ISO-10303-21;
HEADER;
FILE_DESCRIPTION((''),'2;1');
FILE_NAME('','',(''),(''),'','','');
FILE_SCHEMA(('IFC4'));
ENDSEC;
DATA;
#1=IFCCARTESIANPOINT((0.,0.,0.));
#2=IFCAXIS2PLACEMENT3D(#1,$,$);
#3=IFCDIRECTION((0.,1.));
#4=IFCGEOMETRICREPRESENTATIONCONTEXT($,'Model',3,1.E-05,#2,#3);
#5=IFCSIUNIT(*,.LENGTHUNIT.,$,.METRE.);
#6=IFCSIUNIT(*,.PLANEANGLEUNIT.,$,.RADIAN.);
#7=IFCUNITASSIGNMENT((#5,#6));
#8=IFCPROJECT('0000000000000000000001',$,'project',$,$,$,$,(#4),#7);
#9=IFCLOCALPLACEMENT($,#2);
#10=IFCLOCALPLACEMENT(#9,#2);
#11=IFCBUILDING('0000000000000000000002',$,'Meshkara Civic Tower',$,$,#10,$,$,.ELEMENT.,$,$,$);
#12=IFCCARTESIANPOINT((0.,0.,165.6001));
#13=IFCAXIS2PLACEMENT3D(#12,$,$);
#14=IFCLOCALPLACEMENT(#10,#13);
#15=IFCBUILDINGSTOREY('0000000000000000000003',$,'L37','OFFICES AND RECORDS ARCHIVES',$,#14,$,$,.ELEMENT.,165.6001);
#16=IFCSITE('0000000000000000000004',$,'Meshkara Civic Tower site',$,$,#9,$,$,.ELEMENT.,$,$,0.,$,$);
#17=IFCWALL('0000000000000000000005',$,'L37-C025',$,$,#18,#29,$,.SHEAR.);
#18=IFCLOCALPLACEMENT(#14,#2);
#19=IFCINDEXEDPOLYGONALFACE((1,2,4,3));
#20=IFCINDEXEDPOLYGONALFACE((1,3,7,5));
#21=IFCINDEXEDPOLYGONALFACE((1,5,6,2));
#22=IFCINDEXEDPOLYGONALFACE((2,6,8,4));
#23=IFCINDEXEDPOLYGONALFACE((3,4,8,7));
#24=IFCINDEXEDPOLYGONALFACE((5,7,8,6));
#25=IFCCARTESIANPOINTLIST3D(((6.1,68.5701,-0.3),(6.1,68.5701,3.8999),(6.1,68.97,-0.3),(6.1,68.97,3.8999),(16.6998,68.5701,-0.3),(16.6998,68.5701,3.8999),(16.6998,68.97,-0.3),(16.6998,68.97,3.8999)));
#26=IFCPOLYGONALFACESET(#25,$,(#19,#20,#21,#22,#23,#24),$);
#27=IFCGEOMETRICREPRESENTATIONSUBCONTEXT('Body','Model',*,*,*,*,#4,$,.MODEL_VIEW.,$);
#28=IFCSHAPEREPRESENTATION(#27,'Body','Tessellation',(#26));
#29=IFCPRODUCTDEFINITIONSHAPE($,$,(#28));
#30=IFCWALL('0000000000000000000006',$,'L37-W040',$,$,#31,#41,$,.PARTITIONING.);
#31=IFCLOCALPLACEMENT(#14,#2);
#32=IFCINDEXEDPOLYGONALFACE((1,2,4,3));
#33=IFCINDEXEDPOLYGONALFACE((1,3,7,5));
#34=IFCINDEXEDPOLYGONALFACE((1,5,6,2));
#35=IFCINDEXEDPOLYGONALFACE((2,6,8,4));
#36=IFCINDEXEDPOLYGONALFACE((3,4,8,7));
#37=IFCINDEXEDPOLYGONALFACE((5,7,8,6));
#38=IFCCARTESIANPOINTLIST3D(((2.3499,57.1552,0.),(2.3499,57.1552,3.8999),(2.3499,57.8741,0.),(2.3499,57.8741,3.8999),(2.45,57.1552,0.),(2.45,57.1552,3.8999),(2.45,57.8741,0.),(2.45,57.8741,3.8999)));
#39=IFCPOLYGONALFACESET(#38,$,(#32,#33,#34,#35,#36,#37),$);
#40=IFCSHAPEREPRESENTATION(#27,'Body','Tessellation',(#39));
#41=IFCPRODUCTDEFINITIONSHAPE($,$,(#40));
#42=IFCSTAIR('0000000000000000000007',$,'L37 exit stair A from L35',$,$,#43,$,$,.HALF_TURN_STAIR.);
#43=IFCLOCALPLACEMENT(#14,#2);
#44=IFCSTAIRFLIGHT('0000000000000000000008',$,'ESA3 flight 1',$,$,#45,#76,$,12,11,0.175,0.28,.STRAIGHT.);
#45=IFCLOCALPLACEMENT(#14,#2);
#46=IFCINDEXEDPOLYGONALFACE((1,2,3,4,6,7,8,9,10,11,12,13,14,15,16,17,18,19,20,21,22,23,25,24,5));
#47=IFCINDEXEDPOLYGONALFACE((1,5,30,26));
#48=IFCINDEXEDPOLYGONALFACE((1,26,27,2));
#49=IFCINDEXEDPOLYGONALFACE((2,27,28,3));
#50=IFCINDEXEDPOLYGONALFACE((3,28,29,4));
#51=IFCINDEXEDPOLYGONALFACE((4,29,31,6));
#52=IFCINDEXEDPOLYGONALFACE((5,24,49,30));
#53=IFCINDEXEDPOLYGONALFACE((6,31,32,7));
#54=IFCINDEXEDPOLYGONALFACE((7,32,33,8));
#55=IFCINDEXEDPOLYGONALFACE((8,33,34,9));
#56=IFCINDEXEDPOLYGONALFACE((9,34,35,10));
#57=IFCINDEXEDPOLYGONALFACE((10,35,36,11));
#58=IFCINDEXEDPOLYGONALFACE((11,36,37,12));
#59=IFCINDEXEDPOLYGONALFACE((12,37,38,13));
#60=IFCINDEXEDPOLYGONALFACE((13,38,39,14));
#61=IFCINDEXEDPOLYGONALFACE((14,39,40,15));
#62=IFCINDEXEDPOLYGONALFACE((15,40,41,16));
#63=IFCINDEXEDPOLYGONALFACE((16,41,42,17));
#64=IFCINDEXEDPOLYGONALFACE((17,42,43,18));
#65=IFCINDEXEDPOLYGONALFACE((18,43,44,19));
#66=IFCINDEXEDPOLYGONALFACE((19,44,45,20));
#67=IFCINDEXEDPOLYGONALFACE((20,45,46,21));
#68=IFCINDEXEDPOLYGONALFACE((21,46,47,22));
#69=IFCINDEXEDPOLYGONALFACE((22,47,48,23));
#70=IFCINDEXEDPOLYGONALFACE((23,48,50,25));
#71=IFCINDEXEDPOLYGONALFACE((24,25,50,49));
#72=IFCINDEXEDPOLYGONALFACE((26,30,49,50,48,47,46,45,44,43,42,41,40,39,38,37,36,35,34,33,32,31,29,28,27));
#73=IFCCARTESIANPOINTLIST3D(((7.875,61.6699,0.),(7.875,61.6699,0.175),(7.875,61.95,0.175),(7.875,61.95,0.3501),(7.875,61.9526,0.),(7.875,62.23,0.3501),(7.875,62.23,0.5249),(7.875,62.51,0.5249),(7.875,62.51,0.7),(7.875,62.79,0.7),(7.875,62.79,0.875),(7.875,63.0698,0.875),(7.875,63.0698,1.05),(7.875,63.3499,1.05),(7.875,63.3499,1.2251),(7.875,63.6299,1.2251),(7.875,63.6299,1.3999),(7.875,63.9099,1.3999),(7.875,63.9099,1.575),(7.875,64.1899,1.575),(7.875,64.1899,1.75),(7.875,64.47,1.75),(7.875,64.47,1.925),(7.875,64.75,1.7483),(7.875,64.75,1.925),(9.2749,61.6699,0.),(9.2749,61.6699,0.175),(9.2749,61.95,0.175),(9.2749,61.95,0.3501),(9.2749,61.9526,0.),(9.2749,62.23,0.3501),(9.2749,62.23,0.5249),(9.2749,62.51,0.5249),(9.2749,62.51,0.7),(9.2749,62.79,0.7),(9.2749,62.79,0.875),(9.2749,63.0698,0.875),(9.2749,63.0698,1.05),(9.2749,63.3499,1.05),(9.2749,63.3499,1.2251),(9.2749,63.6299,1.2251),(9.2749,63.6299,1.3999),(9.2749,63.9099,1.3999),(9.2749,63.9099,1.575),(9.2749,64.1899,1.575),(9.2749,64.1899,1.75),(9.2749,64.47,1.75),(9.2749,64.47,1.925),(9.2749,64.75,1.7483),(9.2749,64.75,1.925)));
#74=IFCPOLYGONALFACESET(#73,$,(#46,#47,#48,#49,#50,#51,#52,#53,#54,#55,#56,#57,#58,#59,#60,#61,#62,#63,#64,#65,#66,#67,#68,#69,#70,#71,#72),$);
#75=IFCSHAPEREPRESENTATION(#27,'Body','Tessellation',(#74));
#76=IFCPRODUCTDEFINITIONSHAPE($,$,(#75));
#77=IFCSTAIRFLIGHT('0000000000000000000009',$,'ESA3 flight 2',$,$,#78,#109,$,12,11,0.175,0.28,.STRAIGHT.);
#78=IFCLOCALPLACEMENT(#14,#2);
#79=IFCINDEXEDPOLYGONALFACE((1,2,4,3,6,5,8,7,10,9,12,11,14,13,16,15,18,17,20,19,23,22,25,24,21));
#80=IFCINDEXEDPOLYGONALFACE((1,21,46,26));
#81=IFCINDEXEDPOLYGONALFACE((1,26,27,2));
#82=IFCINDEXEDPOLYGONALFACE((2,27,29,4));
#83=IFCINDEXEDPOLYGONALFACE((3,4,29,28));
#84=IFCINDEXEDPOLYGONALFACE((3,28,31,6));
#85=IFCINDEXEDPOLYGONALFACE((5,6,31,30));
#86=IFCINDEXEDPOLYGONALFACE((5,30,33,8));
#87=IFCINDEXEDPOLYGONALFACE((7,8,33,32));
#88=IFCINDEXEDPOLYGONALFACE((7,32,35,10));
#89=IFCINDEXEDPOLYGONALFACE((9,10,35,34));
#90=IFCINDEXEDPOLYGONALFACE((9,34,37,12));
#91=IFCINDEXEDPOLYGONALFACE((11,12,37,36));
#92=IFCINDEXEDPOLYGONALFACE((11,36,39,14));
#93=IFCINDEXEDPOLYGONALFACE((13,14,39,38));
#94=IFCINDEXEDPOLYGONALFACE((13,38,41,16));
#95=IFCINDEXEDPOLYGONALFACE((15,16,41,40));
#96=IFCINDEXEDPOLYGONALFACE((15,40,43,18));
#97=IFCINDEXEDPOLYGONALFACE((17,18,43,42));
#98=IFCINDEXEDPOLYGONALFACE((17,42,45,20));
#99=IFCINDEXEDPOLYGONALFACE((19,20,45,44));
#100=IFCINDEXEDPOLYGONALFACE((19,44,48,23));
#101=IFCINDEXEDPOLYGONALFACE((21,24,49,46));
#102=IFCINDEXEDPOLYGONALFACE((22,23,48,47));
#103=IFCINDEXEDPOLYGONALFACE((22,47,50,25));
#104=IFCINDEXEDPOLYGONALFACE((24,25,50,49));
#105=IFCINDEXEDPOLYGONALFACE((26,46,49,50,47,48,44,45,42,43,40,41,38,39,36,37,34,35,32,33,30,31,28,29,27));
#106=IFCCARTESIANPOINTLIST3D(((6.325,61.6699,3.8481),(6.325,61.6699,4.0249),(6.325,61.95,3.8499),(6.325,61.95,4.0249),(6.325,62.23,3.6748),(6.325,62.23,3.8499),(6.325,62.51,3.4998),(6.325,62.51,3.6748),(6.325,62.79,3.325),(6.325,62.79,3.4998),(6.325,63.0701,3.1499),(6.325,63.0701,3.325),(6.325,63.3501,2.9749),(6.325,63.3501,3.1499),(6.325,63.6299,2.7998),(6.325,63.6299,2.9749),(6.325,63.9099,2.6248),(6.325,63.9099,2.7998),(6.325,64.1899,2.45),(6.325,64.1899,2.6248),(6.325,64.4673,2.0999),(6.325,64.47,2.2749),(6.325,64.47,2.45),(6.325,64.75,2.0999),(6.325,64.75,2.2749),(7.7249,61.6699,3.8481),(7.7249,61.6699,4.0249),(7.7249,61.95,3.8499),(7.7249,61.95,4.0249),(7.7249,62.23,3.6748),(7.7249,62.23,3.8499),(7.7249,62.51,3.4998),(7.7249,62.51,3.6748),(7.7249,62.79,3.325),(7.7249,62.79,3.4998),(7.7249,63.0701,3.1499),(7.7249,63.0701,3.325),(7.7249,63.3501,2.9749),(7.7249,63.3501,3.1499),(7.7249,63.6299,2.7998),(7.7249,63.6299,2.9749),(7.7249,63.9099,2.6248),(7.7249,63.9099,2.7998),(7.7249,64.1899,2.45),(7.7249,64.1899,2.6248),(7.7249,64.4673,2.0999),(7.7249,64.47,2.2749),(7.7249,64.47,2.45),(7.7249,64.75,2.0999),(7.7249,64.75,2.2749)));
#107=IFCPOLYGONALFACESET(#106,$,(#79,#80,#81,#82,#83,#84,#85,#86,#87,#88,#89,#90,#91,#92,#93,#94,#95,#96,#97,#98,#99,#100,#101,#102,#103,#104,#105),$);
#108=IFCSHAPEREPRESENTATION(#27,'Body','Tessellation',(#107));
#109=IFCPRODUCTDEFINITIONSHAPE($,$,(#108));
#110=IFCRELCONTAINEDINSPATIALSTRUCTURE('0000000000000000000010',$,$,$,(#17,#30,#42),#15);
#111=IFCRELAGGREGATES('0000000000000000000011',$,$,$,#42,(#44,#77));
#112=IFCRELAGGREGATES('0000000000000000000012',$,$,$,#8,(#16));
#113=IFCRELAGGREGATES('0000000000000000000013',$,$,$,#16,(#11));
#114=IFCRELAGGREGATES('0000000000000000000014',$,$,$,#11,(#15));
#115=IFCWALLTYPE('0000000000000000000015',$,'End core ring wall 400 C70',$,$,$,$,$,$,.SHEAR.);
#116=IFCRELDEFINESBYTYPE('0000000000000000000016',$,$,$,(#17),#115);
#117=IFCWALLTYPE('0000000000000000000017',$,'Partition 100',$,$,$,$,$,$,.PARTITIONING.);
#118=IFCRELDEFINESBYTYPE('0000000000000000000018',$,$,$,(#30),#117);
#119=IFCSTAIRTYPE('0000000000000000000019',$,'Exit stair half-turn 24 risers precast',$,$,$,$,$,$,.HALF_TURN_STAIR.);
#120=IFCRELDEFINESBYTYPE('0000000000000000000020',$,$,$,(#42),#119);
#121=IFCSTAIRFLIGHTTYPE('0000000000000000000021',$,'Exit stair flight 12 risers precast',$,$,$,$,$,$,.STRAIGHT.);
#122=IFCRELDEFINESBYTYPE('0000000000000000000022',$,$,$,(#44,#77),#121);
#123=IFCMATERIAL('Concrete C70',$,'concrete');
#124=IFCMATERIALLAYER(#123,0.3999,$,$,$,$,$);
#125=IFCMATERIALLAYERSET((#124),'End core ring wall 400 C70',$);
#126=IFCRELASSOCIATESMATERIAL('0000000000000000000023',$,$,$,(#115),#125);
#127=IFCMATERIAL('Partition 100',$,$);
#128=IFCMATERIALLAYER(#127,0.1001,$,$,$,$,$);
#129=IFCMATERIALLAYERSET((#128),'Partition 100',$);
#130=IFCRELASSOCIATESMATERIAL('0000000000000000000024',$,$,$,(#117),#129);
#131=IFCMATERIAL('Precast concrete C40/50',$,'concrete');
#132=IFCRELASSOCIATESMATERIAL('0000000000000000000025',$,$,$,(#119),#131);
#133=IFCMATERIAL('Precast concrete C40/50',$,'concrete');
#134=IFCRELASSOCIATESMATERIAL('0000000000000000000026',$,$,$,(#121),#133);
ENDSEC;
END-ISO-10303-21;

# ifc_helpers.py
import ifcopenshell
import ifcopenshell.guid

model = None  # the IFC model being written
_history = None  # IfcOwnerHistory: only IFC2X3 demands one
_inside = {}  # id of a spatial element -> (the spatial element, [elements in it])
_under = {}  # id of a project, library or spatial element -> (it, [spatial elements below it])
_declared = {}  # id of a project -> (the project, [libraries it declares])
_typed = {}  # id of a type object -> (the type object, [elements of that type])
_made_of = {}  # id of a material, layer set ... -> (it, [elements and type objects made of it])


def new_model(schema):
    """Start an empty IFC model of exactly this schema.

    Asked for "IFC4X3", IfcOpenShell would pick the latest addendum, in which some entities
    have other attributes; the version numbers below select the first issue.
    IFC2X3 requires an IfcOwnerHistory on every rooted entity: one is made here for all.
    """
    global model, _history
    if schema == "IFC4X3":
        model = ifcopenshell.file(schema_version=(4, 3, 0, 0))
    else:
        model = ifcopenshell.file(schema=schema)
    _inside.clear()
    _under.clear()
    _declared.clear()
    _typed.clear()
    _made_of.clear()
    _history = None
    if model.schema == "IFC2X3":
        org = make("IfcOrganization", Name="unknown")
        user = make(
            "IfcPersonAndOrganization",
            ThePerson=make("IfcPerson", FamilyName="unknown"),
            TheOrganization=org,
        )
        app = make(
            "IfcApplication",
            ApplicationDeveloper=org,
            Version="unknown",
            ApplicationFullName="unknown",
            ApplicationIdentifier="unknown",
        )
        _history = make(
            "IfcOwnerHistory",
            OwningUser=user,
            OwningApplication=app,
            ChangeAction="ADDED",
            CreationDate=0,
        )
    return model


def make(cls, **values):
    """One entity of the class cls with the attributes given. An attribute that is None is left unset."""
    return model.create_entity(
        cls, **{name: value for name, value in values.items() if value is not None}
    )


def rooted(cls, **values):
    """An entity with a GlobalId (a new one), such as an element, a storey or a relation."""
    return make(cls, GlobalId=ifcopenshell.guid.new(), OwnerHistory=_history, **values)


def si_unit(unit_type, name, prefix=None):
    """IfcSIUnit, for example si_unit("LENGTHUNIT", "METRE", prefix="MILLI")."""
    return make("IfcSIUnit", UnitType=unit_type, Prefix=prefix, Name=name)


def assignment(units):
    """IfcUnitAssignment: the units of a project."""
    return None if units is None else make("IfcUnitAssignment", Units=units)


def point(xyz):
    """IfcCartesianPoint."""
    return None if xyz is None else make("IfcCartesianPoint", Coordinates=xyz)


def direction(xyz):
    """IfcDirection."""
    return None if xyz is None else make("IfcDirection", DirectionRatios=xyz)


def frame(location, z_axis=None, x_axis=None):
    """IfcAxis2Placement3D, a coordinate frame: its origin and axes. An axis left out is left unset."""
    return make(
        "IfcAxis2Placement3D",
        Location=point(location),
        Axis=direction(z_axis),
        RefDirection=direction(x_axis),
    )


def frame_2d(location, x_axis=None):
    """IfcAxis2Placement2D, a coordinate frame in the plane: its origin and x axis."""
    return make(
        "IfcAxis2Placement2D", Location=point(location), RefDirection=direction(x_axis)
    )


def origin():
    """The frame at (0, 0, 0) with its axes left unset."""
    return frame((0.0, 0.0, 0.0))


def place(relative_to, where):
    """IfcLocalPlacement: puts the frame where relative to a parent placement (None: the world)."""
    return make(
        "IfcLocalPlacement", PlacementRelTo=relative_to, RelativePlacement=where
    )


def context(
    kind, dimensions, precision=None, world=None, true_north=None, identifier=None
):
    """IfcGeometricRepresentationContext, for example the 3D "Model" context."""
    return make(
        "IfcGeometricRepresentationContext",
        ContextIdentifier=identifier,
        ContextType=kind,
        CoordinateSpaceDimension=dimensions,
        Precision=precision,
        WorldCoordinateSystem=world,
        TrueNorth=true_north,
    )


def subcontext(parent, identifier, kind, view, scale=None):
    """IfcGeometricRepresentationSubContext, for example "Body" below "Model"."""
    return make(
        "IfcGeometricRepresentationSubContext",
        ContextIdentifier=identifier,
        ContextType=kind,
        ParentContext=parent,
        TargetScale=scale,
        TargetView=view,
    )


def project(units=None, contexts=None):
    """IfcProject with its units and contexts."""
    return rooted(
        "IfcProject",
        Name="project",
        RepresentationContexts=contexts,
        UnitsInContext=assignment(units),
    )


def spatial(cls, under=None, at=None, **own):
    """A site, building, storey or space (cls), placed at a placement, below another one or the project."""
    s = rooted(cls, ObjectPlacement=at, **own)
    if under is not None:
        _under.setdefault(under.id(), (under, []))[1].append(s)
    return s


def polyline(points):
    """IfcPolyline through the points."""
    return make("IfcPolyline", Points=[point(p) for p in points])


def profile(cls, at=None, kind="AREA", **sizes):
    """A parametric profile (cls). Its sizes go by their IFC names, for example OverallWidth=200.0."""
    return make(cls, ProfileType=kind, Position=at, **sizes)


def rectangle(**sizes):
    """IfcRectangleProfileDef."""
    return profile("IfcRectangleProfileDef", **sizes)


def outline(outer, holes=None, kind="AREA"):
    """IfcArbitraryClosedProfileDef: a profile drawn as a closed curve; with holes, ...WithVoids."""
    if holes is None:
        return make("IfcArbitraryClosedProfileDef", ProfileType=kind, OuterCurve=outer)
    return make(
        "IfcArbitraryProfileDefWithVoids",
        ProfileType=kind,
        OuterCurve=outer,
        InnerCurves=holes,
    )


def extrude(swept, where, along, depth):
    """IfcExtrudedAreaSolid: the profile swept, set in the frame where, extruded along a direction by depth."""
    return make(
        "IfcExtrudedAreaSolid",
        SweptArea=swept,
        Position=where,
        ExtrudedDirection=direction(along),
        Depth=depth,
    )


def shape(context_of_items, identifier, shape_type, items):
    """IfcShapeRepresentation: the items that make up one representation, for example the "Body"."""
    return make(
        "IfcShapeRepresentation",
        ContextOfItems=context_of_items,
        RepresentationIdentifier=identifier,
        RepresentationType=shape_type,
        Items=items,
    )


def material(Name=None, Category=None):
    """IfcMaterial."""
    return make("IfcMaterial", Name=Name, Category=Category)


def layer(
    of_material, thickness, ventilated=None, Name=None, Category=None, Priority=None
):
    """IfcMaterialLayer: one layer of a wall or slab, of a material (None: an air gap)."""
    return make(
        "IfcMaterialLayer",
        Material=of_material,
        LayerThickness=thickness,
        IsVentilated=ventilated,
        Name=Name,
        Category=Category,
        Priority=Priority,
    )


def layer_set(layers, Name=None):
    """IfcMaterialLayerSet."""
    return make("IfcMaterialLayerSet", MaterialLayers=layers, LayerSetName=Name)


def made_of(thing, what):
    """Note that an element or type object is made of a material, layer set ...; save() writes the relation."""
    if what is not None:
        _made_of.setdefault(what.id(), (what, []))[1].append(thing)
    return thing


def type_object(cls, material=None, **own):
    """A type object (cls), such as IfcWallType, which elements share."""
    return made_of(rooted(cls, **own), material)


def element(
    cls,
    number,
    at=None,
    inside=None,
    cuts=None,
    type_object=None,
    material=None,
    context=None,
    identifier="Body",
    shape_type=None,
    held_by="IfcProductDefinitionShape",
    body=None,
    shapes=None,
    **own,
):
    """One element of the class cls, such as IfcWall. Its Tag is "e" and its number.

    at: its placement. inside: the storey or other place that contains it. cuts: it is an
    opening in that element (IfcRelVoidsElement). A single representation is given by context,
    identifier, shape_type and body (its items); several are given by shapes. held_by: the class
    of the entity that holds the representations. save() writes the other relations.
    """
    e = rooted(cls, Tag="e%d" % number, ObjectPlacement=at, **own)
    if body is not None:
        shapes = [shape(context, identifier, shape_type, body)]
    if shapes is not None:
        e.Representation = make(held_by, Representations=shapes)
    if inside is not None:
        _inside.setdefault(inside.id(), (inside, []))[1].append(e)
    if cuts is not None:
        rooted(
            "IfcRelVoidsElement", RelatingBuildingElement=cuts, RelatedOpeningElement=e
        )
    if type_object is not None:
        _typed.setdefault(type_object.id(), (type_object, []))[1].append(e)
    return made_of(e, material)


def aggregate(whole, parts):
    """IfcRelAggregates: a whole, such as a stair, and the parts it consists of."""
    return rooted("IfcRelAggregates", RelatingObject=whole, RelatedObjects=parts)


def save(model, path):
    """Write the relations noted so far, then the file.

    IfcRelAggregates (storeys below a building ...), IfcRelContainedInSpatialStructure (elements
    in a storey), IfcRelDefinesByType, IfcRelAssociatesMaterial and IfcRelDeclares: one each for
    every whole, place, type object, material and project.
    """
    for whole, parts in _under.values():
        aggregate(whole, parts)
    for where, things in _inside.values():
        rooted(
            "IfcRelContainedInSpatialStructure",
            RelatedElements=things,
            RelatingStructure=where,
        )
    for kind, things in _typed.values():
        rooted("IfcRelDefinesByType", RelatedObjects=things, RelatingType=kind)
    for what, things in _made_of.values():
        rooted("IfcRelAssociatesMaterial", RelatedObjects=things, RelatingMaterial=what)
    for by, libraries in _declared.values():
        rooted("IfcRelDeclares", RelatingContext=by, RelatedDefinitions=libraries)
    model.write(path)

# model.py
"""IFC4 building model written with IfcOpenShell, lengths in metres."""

from ifc_helpers import new_model, si_unit, direction, frame, frame_2d, origin, place, context, subcontext, project, spatial, polyline, rectangle, outline, extrude, material, layer, layer_set, type_object, element, aggregate, save


model = new_model("IFC4")

# Units and contexts
model_context = context("Model", 3, precision=1e-05, world=origin(), true_north=direction((0.0, 1.0)))
body_context = subcontext(model_context, "Body", "Model", "MODEL_VIEW")
ifc_project = project(units=[si_unit("LENGTHUNIT", "METRE"), si_unit("PLANEANGLEUNIT", "RADIAN")], contexts=[model_context])

# Site, building, storey
site_placement = place(None, origin())
site = spatial("IfcSite", under=ifc_project, at=site_placement, Name="Meshkara Civic Tower site", CompositionType="ELEMENT", RefElevation=0.0)
building_placement = place(site_placement, origin())
building = spatial("IfcBuilding", under=site, at=building_placement, Name="Meshkara Civic Tower", CompositionType="ELEMENT")
storey_placement = place(building_placement, frame((0.0, 0.0, 165.6001)))
storey = spatial("IfcBuildingStorey", under=building, at=storey_placement, Name="L37", Description="OFFICES AND RECORDS ARCHIVES", CompositionType="ELEMENT", Elevation=165.6001)

# Shared definitions
ifc_material_1 = material(Name="Concrete C70", Category="concrete")
ifc_layer_1 = layer(ifc_material_1, 0.3999)
ifc_layer_set_1 = layer_set([ifc_layer_1], Name="End core ring wall 400 C70")
wall_type_1 = type_object("IfcWallType", Name="End core ring wall 400 C70", PredefinedType="SHEAR", material=ifc_layer_set_1)

# Walls
wall_1_placement = place(storey_placement, frame((6.1001, 68.77, -0.3), z_axis=(0.0, 0.0, 1.0), x_axis=(1.0, 0.0, 0.0)))
element("IfcWall", 1, at=wall_1_placement, inside=storey, type_object=wall_type_1, Name="L37-C025", PredefinedType="SHEAR", context=body_context, shape_type="SweptSolid", body=[
    extrude(rectangle(XDim=10.5999, YDim=0.3999, at=frame_2d((5.2998, 0.0))), origin(), (0.0, 0.0, 1.0), 4.2),
])
ifc_material_2 = material(Name="Partition 100")
ifc_layer_2 = layer(ifc_material_2, 0.1001)
ifc_layer_set_2 = layer_set([ifc_layer_2], Name="Partition 100")
wall_type_2 = type_object("IfcWallType", Name="Partition 100", PredefinedType="PARTITIONING", material=ifc_layer_set_2)
wall_2_placement = place(storey_placement, frame((2.3999, 57.874, 0.0), z_axis=(0.0, 0.0, 1.0), x_axis=(0.0, -1.0, 0.0)))
element("IfcWall", 2, at=wall_2_placement, inside=storey, type_object=wall_type_2, Name="L37-W040", PredefinedType="PARTITIONING", context=body_context, shape_type="SweptSolid", body=[
    extrude(rectangle(XDim=0.719, YDim=0.1001, at=frame_2d((0.3594, 0.0))), origin(), (0.0, 0.0, 1.0), 3.8999),
])

# Stair, stair flights
ifc_material_3 = material(Name="Precast concrete C40/50", Category="concrete")
stair_type = type_object("IfcStairType", Name="Exit stair half-turn 24 risers precast", PredefinedType="HALF_TURN_STAIR", material=ifc_material_3)
stair_placement = place(storey_placement, origin())
stair = element("IfcStair", 3, at=stair_placement, inside=storey, type_object=stair_type, Name="L37 exit stair A from L35", PredefinedType="HALF_TURN_STAIR")
ifc_material_4 = material(Name="Precast concrete C40/50", Category="concrete")
stair_flight_type = type_object("IfcStairFlightType", Name="Exit stair flight 12 risers precast", PredefinedType="STRAIGHT", material=ifc_material_4)
stair_flight_1_placement = place(storey_placement, frame((8.575, 61.6699, 0.0), z_axis=(0.0, 0.0, 1.0), x_axis=(0.0, 1.0, 0.0)))
stair_flight_1 = element("IfcStairFlight", 4, at=stair_flight_1_placement, type_object=stair_flight_type, Name="ESA3 flight 1", NumberOfRisers=12, NumberOfTreads=11, PredefinedType="STRAIGHT", RiserHeight=0.175, TreadLength=0.28, context=body_context, shape_type="SweptSolid", body=[
    extrude(outline(polyline([(0.0, 0.0), (0.0, 0.175), (0.28, 0.175), (0.28, 0.3501), (0.5601, 0.3501), (0.5601, 0.5249), (0.8401, 0.5249), (0.8401, 0.7), (1.1201, 0.7), (1.1201, 0.875), (1.3999, 0.875), (1.3999, 1.05), (1.6799, 1.05), (1.6799, 1.2251), (1.96, 1.2251), (1.96, 1.3999), (2.24, 1.3999), (2.24, 1.575), (2.52, 1.575), (2.52, 1.75), (2.8, 1.75), (2.8, 1.925), (3.0801, 1.925), (3.0801, 2.1001), (3.0801, 1.7483), (0.2827, 0.0), (0.0, 0.0)])), frame((0.0, 0.7, 0.0), z_axis=(0.0, -1.0, 0.0), x_axis=(1.0, 0.0, 0.0)), (0.0, 0.0, 1.0), 1.3999),
])
stair_flight_2_placement = place(storey_placement, frame((7.0249, 64.75, 2.0999), z_axis=(0.0, 0.0, 1.0), x_axis=(0.0, -1.0, 0.0)))
stair_flight_2 = element("IfcStairFlight", 5, at=stair_flight_2_placement, type_object=stair_flight_type, Name="ESA3 flight 2", NumberOfRisers=12, NumberOfTreads=11, PredefinedType="STRAIGHT", RiserHeight=0.175, TreadLength=0.28, context=body_context, shape_type="SweptSolid", body=[
    extrude(outline(polyline([(0.0, 0.0), (0.0, 0.175), (0.28, 0.175), (0.28, 0.3501), (0.5601, 0.3501), (0.5601, 0.5249), (0.8401, 0.5249), (0.8401, 0.7), (1.1201, 0.7), (1.1201, 0.875), (1.3999, 0.875), (1.3999, 1.05), (1.6799, 1.05), (1.6799, 1.2251), (1.96, 1.2251), (1.96, 1.3999), (2.24, 1.3999), (2.24, 1.575), (2.52, 1.575), (2.52, 1.75), (2.8, 1.75), (2.8, 1.925), (3.0801, 1.925), (3.0801, 2.1001), (3.0801, 1.7483), (0.2827, 0.0), (0.0, 0.0)])), frame((0.0, 0.7, 0.0), z_axis=(0.0, -1.0, 0.0), x_axis=(1.0, 0.0, 0.0)), (0.0, 0.0, 1.0), 1.3999),
])
aggregate(stair, [stair_flight_1, stair_flight_2])

save(model, "model.ifc")
